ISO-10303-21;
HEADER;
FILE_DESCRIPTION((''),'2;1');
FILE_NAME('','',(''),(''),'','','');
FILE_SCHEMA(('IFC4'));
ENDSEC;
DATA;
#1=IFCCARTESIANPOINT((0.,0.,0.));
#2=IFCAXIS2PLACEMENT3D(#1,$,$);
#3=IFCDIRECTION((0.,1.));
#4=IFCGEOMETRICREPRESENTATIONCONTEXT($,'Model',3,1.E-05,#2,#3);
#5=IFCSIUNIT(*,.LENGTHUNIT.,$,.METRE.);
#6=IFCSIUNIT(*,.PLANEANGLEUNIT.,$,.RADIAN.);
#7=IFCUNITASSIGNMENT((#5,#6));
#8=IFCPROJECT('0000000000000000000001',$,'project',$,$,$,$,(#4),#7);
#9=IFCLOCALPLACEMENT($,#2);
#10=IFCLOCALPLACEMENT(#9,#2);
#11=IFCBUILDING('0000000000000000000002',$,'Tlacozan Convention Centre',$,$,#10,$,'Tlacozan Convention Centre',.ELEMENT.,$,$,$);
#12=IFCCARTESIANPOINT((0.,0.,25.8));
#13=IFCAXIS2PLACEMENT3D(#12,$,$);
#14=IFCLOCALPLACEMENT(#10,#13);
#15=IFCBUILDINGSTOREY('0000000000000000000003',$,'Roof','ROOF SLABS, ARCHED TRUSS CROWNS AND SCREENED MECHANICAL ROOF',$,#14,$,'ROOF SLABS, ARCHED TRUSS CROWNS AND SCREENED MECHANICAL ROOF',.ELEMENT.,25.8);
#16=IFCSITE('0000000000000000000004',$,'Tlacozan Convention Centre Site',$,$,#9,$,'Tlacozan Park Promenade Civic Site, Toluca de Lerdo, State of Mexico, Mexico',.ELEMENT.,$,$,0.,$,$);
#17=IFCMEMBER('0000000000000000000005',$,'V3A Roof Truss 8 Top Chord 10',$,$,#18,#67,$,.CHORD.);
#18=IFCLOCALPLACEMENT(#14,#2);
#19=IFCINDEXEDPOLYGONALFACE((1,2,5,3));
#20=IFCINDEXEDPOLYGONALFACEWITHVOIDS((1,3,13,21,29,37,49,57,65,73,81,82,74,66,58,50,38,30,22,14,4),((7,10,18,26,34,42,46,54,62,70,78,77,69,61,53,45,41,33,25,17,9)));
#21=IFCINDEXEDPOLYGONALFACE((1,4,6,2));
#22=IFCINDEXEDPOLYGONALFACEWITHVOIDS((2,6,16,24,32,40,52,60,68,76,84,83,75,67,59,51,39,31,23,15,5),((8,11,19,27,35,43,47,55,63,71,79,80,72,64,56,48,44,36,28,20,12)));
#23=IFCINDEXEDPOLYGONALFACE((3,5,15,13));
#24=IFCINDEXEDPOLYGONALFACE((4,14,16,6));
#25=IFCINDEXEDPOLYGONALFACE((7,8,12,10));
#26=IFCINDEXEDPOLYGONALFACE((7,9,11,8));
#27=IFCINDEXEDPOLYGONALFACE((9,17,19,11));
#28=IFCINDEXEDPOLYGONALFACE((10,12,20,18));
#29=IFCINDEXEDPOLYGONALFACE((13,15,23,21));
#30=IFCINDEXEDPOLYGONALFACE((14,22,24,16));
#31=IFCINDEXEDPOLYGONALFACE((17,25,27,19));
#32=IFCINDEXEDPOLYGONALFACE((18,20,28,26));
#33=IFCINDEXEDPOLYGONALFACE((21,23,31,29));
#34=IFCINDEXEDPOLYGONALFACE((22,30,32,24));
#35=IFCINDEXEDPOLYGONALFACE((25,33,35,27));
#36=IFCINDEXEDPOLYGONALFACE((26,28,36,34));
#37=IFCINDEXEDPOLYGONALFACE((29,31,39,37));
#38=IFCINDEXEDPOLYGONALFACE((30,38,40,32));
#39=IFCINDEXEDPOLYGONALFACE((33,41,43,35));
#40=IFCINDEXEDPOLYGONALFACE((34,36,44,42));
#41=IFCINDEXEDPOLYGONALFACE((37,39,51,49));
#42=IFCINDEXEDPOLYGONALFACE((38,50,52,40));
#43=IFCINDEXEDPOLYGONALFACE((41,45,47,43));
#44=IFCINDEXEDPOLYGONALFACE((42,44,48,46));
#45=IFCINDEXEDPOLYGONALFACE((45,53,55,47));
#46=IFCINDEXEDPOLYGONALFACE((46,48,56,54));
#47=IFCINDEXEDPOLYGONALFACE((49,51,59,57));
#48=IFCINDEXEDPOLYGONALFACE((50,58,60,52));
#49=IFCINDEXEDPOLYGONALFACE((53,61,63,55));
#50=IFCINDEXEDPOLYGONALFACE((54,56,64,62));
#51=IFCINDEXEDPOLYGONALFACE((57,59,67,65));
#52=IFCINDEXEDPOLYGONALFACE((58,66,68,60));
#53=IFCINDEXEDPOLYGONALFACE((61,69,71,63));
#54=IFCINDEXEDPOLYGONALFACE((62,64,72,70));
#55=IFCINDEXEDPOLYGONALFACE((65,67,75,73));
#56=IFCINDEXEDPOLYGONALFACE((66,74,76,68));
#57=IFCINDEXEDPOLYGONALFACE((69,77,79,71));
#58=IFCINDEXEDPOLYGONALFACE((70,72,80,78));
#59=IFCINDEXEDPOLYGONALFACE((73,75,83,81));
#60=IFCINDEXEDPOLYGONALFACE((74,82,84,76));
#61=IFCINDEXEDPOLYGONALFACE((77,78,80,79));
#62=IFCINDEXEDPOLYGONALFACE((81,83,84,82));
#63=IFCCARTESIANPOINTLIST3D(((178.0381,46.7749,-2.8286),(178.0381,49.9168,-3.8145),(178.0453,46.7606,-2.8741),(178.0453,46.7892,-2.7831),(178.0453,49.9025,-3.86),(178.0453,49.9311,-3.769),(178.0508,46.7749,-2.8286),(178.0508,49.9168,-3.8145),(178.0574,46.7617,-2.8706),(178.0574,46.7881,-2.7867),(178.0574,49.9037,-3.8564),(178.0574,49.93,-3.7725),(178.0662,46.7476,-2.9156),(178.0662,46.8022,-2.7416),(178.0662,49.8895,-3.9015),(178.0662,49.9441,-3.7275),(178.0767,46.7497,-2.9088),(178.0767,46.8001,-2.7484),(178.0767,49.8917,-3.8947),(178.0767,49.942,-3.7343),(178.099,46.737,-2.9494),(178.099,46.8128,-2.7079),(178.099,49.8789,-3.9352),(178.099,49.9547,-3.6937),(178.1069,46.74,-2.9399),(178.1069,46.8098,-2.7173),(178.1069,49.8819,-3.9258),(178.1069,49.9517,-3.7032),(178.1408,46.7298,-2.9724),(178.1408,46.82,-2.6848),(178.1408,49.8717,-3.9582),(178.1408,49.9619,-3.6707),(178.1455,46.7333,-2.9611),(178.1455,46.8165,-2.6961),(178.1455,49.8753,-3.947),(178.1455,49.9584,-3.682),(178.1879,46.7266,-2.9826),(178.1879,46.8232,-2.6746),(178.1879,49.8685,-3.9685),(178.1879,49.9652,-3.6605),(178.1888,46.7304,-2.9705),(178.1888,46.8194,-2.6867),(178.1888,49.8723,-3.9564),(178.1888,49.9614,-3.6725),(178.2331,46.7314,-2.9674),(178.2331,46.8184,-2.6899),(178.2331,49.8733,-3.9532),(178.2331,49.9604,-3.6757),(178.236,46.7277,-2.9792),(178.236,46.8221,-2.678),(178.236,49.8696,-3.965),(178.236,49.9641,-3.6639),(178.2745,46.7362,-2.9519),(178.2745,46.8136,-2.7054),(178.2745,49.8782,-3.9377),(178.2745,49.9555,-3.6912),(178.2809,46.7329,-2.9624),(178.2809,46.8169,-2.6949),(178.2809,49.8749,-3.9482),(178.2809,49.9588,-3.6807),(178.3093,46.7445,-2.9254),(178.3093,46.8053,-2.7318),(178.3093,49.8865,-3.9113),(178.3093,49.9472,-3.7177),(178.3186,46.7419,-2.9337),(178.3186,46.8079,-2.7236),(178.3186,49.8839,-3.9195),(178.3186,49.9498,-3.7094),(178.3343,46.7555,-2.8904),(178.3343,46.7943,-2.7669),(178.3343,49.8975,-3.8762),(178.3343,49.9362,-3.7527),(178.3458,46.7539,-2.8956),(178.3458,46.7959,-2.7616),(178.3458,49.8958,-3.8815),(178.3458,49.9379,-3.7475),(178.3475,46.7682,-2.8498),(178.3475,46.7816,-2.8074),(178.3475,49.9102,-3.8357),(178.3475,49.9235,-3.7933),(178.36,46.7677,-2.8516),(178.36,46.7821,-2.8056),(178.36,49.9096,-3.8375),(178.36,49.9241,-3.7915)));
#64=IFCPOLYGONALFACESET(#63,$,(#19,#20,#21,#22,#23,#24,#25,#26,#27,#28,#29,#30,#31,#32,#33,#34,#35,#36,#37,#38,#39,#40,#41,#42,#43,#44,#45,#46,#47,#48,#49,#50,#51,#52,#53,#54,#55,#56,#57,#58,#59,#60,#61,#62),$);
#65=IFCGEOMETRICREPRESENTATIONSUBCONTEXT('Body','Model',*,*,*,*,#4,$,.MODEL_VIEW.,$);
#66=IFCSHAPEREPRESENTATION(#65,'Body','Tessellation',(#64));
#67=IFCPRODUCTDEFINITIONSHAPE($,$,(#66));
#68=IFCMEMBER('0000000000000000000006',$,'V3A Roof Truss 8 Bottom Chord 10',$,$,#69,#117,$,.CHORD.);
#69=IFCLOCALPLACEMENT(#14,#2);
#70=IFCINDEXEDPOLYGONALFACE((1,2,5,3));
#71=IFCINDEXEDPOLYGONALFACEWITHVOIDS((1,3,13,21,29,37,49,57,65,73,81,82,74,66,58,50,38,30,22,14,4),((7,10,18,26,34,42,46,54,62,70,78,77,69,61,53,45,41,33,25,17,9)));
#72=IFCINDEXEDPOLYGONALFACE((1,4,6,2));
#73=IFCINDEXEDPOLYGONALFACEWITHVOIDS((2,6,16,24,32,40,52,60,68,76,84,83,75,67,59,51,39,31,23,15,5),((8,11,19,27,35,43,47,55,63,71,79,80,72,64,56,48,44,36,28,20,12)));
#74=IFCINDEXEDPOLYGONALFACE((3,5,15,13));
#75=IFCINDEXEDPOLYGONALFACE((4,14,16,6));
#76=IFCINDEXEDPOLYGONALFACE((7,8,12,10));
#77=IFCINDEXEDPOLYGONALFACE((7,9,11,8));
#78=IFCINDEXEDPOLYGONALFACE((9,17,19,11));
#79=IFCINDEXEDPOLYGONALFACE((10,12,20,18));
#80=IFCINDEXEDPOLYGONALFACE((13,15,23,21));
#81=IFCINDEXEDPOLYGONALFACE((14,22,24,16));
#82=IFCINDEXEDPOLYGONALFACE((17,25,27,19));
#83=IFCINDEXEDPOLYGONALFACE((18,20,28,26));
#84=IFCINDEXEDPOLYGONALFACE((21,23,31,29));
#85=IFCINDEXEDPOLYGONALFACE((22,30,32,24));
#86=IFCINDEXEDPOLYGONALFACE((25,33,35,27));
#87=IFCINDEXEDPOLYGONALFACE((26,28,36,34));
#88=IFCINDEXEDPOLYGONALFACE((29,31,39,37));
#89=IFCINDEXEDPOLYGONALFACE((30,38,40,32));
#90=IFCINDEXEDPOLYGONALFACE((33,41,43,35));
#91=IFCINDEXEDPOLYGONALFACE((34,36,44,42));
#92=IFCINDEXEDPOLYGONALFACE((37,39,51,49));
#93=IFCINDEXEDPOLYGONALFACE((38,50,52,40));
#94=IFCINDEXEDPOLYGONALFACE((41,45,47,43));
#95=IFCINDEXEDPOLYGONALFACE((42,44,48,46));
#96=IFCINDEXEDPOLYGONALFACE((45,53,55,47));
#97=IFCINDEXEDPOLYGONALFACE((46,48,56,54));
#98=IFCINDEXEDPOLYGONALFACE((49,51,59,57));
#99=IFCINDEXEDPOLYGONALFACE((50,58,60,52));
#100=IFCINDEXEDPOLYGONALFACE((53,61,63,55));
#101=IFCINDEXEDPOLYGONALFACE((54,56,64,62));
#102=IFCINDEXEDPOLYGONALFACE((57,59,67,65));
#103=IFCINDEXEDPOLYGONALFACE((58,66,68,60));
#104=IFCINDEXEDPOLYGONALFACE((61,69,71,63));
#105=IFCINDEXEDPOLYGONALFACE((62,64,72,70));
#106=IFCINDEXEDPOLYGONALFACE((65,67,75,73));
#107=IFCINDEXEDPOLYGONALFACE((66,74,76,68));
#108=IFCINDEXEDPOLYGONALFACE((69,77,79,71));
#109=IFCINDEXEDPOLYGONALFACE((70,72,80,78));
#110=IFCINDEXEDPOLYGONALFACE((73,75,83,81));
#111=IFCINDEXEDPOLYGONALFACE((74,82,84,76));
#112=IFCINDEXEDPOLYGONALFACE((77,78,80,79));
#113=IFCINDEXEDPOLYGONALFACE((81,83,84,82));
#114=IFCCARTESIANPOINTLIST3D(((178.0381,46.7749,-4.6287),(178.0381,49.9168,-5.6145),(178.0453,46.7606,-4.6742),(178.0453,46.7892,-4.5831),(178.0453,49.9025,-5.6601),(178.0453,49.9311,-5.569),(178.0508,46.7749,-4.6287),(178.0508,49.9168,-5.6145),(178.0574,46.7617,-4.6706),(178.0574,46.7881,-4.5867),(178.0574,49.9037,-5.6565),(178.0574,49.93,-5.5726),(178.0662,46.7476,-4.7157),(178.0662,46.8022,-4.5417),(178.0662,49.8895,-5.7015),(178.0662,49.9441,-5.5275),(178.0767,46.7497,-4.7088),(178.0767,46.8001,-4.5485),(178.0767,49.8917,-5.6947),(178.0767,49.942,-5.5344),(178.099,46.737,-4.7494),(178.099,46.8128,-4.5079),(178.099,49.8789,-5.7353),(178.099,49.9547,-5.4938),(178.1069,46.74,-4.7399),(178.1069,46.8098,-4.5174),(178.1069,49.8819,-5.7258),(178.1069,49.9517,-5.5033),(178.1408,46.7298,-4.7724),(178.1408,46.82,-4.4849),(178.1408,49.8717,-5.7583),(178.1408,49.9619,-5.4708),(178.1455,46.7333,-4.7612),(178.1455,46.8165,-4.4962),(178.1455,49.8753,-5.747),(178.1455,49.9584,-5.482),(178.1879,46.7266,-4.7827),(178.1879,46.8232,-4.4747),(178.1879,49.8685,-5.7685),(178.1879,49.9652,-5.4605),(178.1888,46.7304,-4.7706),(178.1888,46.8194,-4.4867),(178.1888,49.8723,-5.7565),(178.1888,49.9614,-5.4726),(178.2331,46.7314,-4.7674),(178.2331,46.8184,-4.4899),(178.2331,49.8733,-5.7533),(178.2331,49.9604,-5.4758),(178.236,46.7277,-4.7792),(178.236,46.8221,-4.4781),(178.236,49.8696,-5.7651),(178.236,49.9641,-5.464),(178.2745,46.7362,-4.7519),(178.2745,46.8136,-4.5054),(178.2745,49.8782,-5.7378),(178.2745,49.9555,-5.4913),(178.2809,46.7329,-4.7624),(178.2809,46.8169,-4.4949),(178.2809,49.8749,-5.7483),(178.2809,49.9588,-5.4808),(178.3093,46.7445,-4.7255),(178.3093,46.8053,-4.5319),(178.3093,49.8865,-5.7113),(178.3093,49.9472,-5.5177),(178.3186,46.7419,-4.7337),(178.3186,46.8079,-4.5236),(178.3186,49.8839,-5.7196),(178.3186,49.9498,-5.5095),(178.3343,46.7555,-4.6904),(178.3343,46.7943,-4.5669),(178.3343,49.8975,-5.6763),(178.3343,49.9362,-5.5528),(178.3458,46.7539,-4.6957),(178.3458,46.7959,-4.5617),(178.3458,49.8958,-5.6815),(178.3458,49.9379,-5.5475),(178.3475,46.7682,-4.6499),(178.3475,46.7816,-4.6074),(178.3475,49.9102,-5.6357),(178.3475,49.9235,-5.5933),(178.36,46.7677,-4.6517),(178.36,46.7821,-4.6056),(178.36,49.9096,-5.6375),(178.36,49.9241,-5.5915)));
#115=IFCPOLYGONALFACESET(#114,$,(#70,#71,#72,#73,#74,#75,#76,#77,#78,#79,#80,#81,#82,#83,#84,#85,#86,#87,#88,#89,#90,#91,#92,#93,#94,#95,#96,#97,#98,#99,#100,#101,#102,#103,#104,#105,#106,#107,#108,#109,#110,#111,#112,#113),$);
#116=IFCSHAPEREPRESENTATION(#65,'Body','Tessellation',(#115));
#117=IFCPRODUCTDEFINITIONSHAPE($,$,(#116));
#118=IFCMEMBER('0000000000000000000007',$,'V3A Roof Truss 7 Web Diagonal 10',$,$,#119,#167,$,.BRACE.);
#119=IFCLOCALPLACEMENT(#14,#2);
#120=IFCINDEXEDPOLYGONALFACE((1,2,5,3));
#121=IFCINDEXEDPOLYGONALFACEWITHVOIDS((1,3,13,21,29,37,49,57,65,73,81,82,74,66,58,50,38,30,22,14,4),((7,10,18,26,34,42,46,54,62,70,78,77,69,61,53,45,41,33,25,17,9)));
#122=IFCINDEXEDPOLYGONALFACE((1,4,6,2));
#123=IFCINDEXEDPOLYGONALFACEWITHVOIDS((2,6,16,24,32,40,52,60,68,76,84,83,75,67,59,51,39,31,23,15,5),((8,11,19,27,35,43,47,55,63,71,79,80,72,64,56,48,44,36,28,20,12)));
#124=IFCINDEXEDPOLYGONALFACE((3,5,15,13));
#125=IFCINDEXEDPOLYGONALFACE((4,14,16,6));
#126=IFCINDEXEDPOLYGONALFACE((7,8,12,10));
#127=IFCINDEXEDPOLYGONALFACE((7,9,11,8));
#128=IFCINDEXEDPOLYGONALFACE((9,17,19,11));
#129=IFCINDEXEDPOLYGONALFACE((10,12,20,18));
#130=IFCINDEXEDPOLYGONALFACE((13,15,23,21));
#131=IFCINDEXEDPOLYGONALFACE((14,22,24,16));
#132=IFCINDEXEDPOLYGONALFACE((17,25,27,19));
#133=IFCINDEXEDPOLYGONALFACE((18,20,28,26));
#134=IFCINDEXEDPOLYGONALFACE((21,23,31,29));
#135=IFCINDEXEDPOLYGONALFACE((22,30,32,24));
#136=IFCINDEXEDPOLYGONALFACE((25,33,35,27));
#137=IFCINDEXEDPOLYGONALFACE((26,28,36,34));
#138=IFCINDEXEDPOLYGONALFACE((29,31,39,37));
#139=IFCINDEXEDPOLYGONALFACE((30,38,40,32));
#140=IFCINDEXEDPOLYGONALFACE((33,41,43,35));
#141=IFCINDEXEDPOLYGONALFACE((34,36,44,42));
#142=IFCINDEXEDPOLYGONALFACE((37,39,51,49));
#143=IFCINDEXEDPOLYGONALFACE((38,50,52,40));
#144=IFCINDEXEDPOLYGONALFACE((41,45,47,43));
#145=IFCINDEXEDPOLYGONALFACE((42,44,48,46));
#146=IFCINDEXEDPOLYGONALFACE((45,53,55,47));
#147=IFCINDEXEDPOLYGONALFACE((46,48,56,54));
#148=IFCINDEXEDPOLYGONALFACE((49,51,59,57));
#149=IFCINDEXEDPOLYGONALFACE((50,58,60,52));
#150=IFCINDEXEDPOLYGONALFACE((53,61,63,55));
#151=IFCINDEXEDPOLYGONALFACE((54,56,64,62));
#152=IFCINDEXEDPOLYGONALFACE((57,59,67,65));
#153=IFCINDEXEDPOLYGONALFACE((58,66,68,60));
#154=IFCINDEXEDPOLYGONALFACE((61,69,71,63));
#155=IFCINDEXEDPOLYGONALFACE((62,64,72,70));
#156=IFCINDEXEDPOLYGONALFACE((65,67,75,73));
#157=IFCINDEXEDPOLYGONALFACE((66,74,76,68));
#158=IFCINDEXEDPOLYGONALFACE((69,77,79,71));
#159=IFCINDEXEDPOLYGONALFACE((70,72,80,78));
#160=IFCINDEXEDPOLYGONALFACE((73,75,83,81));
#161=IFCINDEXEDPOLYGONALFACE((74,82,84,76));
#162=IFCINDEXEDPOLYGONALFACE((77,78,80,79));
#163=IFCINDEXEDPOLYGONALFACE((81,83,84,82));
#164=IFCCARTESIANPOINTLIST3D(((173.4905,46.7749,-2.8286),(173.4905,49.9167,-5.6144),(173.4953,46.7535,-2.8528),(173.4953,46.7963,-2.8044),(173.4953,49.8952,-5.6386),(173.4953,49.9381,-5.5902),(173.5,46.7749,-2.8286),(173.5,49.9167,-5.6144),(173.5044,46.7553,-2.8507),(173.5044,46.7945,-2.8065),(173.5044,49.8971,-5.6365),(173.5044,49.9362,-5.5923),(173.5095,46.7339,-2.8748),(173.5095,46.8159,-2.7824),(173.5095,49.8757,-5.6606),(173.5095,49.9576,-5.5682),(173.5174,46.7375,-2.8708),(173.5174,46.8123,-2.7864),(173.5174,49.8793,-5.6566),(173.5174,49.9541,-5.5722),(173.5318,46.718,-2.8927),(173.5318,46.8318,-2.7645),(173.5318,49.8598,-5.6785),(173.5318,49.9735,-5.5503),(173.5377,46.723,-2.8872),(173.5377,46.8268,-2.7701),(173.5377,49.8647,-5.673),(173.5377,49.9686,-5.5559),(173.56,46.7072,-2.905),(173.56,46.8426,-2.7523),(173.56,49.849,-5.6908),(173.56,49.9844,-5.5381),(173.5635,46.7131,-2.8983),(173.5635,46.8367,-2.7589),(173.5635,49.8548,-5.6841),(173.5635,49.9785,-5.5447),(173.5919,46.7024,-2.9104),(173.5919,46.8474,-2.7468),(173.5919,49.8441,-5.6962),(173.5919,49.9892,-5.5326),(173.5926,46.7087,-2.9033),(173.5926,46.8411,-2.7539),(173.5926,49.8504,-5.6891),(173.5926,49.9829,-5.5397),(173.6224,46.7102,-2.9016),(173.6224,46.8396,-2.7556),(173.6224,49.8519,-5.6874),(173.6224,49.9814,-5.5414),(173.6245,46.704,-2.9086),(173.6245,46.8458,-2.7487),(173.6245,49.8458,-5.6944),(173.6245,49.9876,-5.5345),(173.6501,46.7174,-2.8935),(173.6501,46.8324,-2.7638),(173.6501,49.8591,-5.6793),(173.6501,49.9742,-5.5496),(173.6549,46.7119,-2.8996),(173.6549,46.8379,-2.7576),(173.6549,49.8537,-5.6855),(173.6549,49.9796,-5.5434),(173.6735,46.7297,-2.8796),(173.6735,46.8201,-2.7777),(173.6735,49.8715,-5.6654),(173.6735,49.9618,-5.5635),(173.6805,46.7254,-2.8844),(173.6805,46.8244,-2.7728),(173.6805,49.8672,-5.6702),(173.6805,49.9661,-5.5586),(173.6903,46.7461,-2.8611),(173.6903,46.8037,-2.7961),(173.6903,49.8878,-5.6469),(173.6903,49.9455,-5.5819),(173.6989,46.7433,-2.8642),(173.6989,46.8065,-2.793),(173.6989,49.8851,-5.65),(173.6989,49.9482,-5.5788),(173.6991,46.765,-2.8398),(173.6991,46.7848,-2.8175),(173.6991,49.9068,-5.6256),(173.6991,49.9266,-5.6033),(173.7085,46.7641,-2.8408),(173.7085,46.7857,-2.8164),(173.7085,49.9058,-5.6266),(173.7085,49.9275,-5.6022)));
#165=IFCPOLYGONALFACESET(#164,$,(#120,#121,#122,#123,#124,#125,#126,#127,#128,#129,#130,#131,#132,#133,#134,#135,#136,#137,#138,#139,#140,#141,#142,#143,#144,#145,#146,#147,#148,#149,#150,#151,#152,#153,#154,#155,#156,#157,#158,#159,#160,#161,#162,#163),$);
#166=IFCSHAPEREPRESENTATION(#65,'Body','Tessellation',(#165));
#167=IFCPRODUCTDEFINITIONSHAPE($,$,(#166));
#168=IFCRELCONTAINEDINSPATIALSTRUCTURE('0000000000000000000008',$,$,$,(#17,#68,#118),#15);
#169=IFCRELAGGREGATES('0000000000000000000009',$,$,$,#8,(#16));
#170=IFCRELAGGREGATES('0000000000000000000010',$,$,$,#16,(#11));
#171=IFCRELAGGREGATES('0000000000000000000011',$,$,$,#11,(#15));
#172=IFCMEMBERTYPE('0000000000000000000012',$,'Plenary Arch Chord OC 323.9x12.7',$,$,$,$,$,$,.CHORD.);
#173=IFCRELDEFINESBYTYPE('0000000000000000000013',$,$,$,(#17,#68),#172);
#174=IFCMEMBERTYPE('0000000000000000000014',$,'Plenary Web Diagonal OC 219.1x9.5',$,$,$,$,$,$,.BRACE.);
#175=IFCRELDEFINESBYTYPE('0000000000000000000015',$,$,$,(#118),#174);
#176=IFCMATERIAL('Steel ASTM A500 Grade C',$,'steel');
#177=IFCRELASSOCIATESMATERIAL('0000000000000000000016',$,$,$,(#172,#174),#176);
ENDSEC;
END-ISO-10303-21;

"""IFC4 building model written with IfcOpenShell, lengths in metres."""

from ifc_helpers import new_model, si_unit, direction, frame, origin, origin_2d, place, context, subcontext, project, spatial, hollow_circle, extrude, material, material_profile, profile_set, type_object, element, save


model = new_model("IFC4")

# Units and contexts
model_context = context("Model", 3, precision=1e-05, world=origin(), true_north=direction((0.0, 1.0)))
body_context = subcontext(model_context, "Body", "Model", "MODEL_VIEW")
ifc_project = project(units=[si_unit("LENGTHUNIT", "METRE"), si_unit("PLANEANGLEUNIT", "RADIAN")], contexts=[model_context])

# Site, building, storey
site_placement = place(None, origin())
site = spatial("IfcSite", under=ifc_project, at=site_placement, Name="Tlacozan Convention Centre Site", LongName="Tlacozan Park Promenade Civic Site, Toluca de Lerdo, State of Mexico, Mexico", CompositionType="ELEMENT", RefElevation=0.0)
building_placement = place(site_placement, origin())
building = spatial("IfcBuilding", under=site, at=building_placement, Name="Tlacozan Convention Centre", LongName="Tlacozan Convention Centre", CompositionType="ELEMENT")
storey_placement = place(building_placement, frame((0.0, 0.0, 25.8)))
storey = spatial("IfcBuildingStorey", under=building, at=storey_placement, Name="Roof", Description="ROOF SLABS, ARCHED TRUSS CROWNS AND SCREENED MECHANICAL ROOF", LongName="ROOF SLABS, ARCHED TRUSS CROWNS AND SCREENED MECHANICAL ROOF", CompositionType="ELEMENT", Elevation=25.8)

# Members
ifc_material_1 = material(Name="Steel ASTM A500 Grade C", Category="steel")
ifc_material_profile_1 = material_profile(ifc_material_1, hollow_circle(Radius=0.1619, WallThickness=0.0127, at=origin_2d()), Name="OC 323.9x12.7")
ifc_profile_set_1 = profile_set([ifc_material_profile_1], Name="Steel ASTM A500 Grade C")
member_type_1 = type_object("IfcMemberType", Name="Plenary Arch Chord OC 323.9x12.7", PredefinedType="CHORD", material=ifc_profile_set_1)
for number, where, z_axis, x_axis, name in (
    (1, (178.2, 46.7749, -2.8286), (0.0, 0.954132, -0.299385), (-1.0, 0.0, 0.0), "V3A Roof Truss 8 Top Chord 10"),
    (2, (178.2, 46.7749, -4.6287), (0.0, 0.954132, -0.299385), (-1.0, 0.0, 0.0), "V3A Roof Truss 8 Bottom Chord 10"),
):
    element("IfcMember", number, at=place(storey_placement, frame(where, z_axis=z_axis, x_axis=x_axis)), inside=storey, type_object=member_type_1, Name=name, PredefinedType="CHORD", context=body_context, shape_type="SweptSolid", body=[
        extrude(hollow_circle(Radius=0.1619, WallThickness=0.0127, at=origin_2d()), origin(), (0.0, 0.0, 1.0), 3.293),
    ])
ifc_material_profile_2 = material_profile(ifc_material_1, hollow_circle(Radius=0.1096, WallThickness=0.0095, at=origin_2d()), Name="OC 219.1x9.5")
ifc_profile_set_2 = profile_set([ifc_material_profile_2], Name="Steel ASTM A500 Grade C")
member_type_2 = type_object("IfcMemberType", Name="Plenary Web Diagonal OC 219.1x9.5", PredefinedType="BRACE", material=ifc_profile_set_2)
member_1_placement = place(storey_placement, frame((173.6001, 46.7749, -2.8286), z_axis=(0.0, 0.74822, -0.66345), x_axis=(-1.0, 0.0, 0.0)))
element("IfcMember", 3, at=member_1_placement, inside=storey, type_object=member_type_2, Name="V3A Roof Truss 7 Web Diagonal 10", PredefinedType="BRACE", context=body_context, shape_type="SweptSolid", body=[
    extrude(hollow_circle(Radius=0.1096, WallThickness=0.0095, at=origin_2d()), origin(), (0.0, 0.0, 1.0), 4.199),
])

save(model, "model.ifc")
